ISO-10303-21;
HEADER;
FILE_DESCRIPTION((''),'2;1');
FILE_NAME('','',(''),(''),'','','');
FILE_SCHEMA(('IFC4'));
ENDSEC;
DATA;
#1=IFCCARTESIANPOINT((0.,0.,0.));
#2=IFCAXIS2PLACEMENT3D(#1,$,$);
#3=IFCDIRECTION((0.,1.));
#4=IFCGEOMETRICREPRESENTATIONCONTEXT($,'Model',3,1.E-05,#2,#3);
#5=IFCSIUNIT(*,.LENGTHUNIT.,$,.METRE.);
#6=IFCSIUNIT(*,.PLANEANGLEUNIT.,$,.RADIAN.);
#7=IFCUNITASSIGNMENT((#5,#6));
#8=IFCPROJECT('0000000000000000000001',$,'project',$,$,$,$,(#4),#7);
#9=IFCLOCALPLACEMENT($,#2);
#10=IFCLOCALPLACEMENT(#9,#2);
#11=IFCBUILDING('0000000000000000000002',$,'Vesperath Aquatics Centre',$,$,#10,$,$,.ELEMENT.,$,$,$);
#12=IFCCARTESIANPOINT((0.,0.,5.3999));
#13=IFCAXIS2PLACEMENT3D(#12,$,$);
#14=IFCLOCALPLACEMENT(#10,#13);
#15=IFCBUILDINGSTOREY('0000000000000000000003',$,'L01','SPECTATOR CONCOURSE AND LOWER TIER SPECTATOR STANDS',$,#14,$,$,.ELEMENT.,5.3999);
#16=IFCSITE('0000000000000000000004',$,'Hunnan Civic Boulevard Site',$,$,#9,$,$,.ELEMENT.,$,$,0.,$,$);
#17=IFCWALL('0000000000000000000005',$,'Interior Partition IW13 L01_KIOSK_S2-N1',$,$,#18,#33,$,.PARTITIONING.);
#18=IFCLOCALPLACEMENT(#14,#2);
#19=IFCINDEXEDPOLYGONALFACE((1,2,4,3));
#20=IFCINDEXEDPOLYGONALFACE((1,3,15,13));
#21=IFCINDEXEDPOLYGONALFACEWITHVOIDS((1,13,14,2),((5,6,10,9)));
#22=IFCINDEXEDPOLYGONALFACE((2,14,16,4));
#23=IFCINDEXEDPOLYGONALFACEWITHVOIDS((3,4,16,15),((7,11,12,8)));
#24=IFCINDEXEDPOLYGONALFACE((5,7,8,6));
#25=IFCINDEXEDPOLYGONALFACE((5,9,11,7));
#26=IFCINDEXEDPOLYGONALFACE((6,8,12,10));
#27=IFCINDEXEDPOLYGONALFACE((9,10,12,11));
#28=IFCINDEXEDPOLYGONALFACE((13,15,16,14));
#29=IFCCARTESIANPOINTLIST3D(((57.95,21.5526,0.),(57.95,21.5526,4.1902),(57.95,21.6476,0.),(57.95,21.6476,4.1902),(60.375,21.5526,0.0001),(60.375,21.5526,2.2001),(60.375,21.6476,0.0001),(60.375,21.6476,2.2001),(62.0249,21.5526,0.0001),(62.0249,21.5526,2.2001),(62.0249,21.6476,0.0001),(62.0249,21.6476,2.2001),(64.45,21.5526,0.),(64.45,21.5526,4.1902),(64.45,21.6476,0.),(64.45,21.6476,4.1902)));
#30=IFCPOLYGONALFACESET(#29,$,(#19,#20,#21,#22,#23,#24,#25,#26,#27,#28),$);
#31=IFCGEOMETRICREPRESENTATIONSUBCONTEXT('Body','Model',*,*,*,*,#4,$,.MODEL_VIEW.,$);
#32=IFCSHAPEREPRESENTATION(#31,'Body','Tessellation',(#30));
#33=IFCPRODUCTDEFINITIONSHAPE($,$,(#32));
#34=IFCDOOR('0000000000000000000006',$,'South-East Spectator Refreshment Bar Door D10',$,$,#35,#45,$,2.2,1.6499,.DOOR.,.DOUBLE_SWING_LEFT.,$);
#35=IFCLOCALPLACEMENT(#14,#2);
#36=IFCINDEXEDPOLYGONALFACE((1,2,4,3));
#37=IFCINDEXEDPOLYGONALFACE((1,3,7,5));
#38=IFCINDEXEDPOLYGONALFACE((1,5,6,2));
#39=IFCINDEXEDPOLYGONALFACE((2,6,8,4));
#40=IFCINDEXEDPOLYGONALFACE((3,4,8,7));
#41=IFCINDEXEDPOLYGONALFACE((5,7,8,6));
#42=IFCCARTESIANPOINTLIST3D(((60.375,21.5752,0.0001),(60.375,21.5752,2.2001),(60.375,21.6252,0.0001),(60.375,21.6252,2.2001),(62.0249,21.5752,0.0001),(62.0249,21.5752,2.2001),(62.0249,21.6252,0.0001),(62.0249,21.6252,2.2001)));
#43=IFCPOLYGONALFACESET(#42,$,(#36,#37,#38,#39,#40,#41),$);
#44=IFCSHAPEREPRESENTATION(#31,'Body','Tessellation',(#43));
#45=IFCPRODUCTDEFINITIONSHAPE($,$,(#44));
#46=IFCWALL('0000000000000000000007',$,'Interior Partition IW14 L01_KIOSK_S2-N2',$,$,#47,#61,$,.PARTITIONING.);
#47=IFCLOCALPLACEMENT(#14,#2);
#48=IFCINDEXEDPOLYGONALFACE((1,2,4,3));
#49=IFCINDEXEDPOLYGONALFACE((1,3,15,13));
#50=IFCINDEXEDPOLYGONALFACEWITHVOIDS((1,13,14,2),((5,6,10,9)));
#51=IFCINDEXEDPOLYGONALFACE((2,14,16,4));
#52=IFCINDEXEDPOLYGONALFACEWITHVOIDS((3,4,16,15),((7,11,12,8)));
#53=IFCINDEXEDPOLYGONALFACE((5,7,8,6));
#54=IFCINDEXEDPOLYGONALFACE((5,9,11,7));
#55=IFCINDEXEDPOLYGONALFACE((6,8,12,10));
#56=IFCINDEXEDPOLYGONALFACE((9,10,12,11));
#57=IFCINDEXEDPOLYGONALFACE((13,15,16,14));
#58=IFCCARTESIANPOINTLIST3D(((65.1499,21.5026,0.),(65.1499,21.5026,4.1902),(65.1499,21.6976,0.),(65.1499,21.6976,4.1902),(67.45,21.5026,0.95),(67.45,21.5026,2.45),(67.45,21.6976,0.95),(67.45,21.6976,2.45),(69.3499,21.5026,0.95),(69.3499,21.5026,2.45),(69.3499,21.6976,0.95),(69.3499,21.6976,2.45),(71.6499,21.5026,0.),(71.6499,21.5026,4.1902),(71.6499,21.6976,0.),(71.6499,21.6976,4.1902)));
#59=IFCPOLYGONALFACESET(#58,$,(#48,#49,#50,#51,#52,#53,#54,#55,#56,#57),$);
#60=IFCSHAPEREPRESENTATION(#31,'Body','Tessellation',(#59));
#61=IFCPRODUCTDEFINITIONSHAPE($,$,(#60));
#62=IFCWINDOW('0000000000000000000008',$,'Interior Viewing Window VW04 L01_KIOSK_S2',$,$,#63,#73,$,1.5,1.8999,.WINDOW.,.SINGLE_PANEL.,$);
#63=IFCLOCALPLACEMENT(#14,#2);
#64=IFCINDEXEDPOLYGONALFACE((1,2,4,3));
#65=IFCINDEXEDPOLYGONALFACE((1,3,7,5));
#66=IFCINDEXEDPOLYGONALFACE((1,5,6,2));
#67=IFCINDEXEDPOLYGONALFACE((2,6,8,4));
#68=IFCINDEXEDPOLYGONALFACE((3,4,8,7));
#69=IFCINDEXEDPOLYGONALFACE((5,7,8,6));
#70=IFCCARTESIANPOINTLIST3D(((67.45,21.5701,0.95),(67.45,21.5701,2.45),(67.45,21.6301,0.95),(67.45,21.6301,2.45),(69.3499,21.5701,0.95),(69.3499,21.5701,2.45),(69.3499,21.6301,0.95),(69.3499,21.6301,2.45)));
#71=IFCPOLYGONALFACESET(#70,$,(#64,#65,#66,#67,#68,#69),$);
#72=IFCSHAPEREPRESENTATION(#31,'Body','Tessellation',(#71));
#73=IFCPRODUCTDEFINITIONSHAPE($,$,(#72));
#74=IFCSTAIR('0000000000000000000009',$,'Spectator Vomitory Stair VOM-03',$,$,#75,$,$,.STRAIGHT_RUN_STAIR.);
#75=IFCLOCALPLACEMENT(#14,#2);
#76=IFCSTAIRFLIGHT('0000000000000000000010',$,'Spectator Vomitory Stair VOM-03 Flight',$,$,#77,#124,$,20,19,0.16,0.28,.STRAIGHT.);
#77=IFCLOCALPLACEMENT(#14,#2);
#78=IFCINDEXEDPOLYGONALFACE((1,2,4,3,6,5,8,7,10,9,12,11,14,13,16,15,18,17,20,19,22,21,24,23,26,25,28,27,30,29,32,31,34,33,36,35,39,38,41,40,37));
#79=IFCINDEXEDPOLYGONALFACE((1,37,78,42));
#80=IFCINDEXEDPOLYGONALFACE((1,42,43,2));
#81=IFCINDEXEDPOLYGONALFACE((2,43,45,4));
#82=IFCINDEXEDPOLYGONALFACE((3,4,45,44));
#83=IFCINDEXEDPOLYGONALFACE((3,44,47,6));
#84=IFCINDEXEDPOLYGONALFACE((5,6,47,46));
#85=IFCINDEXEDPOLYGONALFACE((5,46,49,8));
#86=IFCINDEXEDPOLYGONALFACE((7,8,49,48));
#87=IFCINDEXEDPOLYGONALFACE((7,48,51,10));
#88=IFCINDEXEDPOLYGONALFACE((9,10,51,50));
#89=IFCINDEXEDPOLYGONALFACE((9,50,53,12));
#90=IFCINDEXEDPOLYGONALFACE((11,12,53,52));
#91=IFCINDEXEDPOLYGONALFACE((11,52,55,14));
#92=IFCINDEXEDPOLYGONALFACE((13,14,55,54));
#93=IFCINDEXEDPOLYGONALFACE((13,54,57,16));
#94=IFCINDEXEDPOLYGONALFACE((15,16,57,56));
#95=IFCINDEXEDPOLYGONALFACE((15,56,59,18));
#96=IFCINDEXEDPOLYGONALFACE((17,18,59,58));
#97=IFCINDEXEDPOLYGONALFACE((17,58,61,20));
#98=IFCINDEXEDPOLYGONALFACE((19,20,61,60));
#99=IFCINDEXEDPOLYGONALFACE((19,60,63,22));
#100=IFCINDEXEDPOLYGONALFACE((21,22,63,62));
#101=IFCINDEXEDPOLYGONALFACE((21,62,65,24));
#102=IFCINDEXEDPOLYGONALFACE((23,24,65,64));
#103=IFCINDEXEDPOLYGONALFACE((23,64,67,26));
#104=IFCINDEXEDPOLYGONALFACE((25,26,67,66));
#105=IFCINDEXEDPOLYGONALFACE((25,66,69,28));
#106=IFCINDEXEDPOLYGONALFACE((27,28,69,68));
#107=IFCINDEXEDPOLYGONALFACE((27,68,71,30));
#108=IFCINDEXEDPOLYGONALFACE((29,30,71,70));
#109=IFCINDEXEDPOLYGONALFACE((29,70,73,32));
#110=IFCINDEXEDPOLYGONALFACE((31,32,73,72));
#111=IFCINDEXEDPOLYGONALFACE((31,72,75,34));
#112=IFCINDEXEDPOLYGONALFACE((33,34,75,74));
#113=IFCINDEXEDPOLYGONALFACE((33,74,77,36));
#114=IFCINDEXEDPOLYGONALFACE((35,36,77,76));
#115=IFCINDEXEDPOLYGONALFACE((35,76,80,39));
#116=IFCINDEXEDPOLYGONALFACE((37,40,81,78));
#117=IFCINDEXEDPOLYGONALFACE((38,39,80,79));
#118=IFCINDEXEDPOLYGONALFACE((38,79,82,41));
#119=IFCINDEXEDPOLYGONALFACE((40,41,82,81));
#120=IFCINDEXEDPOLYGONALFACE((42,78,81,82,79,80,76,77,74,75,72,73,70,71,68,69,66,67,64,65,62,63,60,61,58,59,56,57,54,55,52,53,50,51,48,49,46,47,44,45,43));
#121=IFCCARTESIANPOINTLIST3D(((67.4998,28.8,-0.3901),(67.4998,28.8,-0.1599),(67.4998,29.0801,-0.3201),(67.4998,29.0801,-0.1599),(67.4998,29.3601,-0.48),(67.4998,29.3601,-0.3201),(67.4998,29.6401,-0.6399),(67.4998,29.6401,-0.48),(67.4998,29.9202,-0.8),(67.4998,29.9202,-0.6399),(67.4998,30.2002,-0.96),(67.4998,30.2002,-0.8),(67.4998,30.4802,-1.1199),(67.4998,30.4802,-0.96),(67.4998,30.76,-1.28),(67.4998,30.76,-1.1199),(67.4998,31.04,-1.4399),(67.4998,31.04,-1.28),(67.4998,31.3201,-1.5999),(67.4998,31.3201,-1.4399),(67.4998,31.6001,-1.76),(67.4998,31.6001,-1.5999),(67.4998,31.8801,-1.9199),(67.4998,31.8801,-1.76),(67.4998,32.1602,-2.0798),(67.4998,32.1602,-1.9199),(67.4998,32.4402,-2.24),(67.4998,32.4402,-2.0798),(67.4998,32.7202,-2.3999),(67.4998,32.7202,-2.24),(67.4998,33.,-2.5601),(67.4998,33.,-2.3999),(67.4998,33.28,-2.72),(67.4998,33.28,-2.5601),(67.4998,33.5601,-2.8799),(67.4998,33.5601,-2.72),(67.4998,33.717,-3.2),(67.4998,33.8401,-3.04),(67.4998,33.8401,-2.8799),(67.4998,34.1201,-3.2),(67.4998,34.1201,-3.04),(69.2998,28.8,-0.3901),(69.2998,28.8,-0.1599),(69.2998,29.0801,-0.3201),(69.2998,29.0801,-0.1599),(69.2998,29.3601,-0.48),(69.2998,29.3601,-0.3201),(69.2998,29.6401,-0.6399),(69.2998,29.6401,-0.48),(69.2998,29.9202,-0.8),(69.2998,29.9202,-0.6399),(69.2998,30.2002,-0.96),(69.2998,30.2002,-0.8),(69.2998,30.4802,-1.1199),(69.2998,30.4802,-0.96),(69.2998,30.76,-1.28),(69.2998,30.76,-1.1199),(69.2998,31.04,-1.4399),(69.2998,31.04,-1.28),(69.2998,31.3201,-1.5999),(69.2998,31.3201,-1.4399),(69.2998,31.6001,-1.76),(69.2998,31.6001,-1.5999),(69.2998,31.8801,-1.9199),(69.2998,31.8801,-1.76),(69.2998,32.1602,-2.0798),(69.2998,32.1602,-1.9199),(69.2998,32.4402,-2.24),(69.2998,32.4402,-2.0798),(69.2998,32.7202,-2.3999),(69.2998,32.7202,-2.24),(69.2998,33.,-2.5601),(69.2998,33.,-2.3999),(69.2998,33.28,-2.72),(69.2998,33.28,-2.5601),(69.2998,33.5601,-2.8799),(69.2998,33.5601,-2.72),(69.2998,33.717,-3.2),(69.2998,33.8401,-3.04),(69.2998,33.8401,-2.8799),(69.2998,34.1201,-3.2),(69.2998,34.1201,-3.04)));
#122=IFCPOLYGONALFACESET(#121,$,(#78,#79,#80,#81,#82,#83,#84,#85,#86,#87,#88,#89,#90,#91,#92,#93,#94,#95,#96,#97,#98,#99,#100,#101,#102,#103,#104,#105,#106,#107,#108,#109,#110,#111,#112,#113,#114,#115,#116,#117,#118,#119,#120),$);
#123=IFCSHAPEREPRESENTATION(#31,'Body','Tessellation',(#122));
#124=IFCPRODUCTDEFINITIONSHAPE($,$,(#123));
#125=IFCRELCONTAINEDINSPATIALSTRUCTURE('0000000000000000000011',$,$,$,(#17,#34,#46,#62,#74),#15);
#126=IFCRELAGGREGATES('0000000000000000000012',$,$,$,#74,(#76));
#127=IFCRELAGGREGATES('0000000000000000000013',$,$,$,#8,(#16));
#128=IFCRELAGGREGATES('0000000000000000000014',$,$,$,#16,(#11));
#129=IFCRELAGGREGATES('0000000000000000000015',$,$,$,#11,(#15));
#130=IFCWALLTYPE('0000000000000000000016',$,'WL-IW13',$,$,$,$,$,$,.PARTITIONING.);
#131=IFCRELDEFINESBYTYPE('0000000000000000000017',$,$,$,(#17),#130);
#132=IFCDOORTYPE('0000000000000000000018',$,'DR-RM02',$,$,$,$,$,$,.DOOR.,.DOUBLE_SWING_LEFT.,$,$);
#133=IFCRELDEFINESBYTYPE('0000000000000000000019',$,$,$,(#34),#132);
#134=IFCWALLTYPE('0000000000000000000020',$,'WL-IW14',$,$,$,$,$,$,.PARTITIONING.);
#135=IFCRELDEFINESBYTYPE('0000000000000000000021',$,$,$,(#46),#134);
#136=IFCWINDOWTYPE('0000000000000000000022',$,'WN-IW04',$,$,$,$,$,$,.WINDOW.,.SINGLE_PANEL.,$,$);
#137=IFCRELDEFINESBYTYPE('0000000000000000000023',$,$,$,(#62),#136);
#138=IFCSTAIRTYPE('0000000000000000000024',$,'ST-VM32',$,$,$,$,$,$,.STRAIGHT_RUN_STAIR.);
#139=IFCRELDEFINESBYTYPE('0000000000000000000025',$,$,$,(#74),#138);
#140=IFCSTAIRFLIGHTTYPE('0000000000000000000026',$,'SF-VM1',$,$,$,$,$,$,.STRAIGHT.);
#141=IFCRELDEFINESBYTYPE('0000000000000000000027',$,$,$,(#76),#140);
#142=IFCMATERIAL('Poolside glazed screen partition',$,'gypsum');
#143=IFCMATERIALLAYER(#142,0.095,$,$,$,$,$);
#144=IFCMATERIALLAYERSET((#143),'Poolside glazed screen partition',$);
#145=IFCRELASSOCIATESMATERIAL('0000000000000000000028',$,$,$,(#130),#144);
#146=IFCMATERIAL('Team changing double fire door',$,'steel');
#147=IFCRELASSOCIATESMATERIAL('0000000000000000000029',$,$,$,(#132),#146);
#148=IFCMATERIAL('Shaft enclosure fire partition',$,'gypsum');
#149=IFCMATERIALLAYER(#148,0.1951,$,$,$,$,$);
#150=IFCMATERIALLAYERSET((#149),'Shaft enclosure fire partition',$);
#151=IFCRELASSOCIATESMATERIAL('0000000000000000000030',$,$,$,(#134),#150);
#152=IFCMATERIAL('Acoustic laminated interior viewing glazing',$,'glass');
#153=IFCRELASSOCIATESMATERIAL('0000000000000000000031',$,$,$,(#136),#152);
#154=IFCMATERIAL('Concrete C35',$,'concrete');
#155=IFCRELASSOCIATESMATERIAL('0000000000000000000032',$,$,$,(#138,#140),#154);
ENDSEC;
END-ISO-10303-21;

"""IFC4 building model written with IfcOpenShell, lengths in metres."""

from ifc_helpers import new_model, si_unit, direction, frame, frame_2d, origin, place, context, subcontext, project, spatial, polyline, rectangle, outline, extrude, material, layer, layer_set, type_object, element, fill, aggregate, save


model = new_model("IFC4")

# Units and contexts
model_context = context("Model", 3, precision=1e-05, world=origin(), true_north=direction((0.0, 1.0)))
body_context = subcontext(model_context, "Body", "Model", "MODEL_VIEW")
ifc_project = project(units=[si_unit("LENGTHUNIT", "METRE"), si_unit("PLANEANGLEUNIT", "RADIAN")], contexts=[model_context])

# Site, building, storey
site_placement = place(None, origin())
site = spatial("IfcSite", under=ifc_project, at=site_placement, Name="Hunnan Civic Boulevard Site", CompositionType="ELEMENT", RefElevation=0.0)
building_placement = place(site_placement, origin())
building = spatial("IfcBuilding", under=site, at=building_placement, Name="Vesperath Aquatics Centre", CompositionType="ELEMENT")
storey_placement = place(building_placement, frame((0.0, 0.0, 5.3999)))
storey = spatial("IfcBuildingStorey", under=building, at=storey_placement, Name="L01", Description="SPECTATOR CONCOURSE AND LOWER TIER SPECTATOR STANDS", CompositionType="ELEMENT", Elevation=5.3999)

# Shared definitions
ifc_material_1 = material(Name="Concrete C35", Category="concrete")

# Wall, opening, door
ifc_material_2 = material(Name="Poolside glazed screen partition", Category="gypsum")
ifc_layer_1 = layer(ifc_material_2, 0.095)
ifc_layer_set_1 = layer_set([ifc_layer_1], Name="Poolside glazed screen partition")
wall_type_1 = type_object("IfcWallType", Name="WL-IW13", PredefinedType="PARTITIONING", material=ifc_layer_set_1)
wall_1_placement = place(storey_placement, frame((57.95, 21.6001, 0.0), z_axis=(0.0, 0.0, 1.0), x_axis=(1.0, 0.0, 0.0)))
wall_1 = element("IfcWall", 1, at=wall_1_placement, inside=storey, type_object=wall_type_1, Name="Interior Partition IW13 L01_KIOSK_S2-N1", PredefinedType="PARTITIONING", context=body_context, shape_type="SweptSolid", body=[
    extrude(rectangle(XDim=6.5, YDim=0.095, at=frame_2d((3.25, 0.0))), origin(), (0.0, 0.0, 1.0), 4.1902),
])
opening_1_placement = place(wall_1_placement, frame((2.425, 0.0, 0.0)))
opening_1 = element("IfcOpeningElement", 2, at=opening_1_placement, cuts=wall_1, PredefinedType="OPENING", context=body_context, shape_type="SweptSolid", body=[
    extrude(rectangle(XDim=1.6499, YDim=2.2, at=frame_2d((0.825, 1.1001))), frame((0.0, 0.0625, 0.0), z_axis=(0.0, -1.0, 0.0), x_axis=(1.0, 0.0, 0.0)), (0.0, 0.0, 1.0), 0.1248),
])
ifc_material_3 = material(Name="Team changing double fire door", Category="steel")
door_type = type_object("IfcDoorType", Name="DR-RM02", OperationType="DOUBLE_SWING_LEFT", PredefinedType="DOOR", material=ifc_material_3)
door_placement = place(opening_1_placement, frame((1.6499, 0.0, 0.0), z_axis=(0.0, 0.0, 1.0), x_axis=(-1.0, 0.0, 0.0)))
door = element("IfcDoor", 3, at=door_placement, inside=storey, type_object=door_type, Name="South-East Spectator Refreshment Bar Door D10", OperationType="DOUBLE_SWING_LEFT", OverallHeight=2.2, OverallWidth=1.6499, PredefinedType="DOOR", context=body_context, shape_type="SweptSolid", body=[
    extrude(rectangle(XDim=1.6499, YDim=2.2, at=frame_2d((0.825, 1.1001))), frame((0.0, 0.0249, 0.0), z_axis=(0.0, -1.0, 0.0), x_axis=(1.0, 0.0, 0.0)), (0.0, 0.0, 1.0), 0.05),
])
fill(opening_1, door)

# Wall, opening, window
ifc_material_4 = material(Name="Shaft enclosure fire partition", Category="gypsum")
ifc_layer_2 = layer(ifc_material_4, 0.1951)
ifc_layer_set_2 = layer_set([ifc_layer_2], Name="Shaft enclosure fire partition")
wall_type_2 = type_object("IfcWallType", Name="WL-IW14", PredefinedType="PARTITIONING", material=ifc_layer_set_2)
wall_2_placement = place(storey_placement, frame((65.1499, 21.6001, 0.0), z_axis=(0.0, 0.0, 1.0), x_axis=(1.0, 0.0, 0.0)))
wall_2 = element("IfcWall", 4, at=wall_2_placement, inside=storey, type_object=wall_type_2, Name="Interior Partition IW14 L01_KIOSK_S2-N2", PredefinedType="PARTITIONING", context=body_context, shape_type="SweptSolid", body=[
    extrude(rectangle(XDim=6.5, YDim=0.1951, at=frame_2d((3.25, 0.0))), origin(), (0.0, 0.0, 1.0), 4.1902),
])
opening_2_placement = place(wall_2_placement, frame((2.3, 0.0, 0.95)))
opening_2 = element("IfcOpeningElement", 5, at=opening_2_placement, cuts=wall_2, PredefinedType="OPENING", context=body_context, shape_type="SweptSolid", body=[
    extrude(rectangle(XDim=1.8999, YDim=1.5, at=frame_2d((0.95, 0.75))), frame((0.0, 0.1123, 0.0), z_axis=(0.0, -1.0, 0.0), x_axis=(1.0, 0.0, 0.0)), (0.0, 0.0, 1.0), 0.2249),
])
ifc_material_5 = material(Name="Acoustic laminated interior viewing glazing", Category="glass")
window_type = type_object("IfcWindowType", Name="WN-IW04", PartitioningType="SINGLE_PANEL", PredefinedType="WINDOW", material=ifc_material_5)
window_placement = place(opening_2_placement, origin())
window = element("IfcWindow", 6, at=window_placement, inside=storey, type_object=window_type, Name="Interior Viewing Window VW04 L01_KIOSK_S2", OverallHeight=1.5, OverallWidth=1.8999, PartitioningType="SINGLE_PANEL", PredefinedType="WINDOW", context=body_context, shape_type="SweptSolid", body=[
    extrude(rectangle(XDim=1.8999, YDim=1.5, at=frame_2d((0.95, 0.75))), frame((0.0, 0.03, 0.0), z_axis=(0.0, -1.0, 0.0), x_axis=(1.0, 0.0, 0.0)), (0.0, 0.0, 1.0), 0.0601),
])
fill(opening_2, window)

# Stair, stair flight
stair_type = type_object("IfcStairType", Name="ST-VM32", PredefinedType="STRAIGHT_RUN_STAIR", material=ifc_material_1)
stair_placement = place(storey_placement, origin())
stair = element("IfcStair", 7, at=stair_placement, inside=storey, type_object=stair_type, Name="Spectator Vomitory Stair VOM-03", PredefinedType="STRAIGHT_RUN_STAIR")
stair_flight_type = type_object("IfcStairFlightType", Name="SF-VM1", PredefinedType="STRAIGHT", material=ifc_material_1)
stair_flight_placement = place(storey_placement, frame((68.3999, 34.1201, -3.2), z_axis=(0.0, 0.0, 1.0), x_axis=(0.0, -1.0, 0.0)))
stair_flight = element("IfcStairFlight", 8, at=stair_flight_placement, type_object=stair_flight_type, Name="Spectator Vomitory Stair VOM-03 Flight", NumberOfRisers=20, NumberOfTreads=19, PredefinedType="STRAIGHT", RiserHeight=0.16, TreadLength=0.28, context=body_context, shape_type="SweptSolid", body=[
    extrude(outline(polyline([(0.0, 0.0), (0.0, 0.1599), (0.28, 0.1599), (0.28, 0.3201), (0.5601, 0.3201), (0.5601, 0.48), (0.8401, 0.48), (0.8401, 0.6399), (1.1201, 0.6399), (1.1201, 0.8), (1.3999, 0.8), (1.3999, 0.96), (1.6799, 0.96), (1.6799, 1.1201), (1.96, 1.1201), (1.96, 1.28), (2.24, 1.28), (2.24, 1.4399), (2.52, 1.4399), (2.52, 1.6001), (2.8, 1.6001), (2.8, 1.76), (3.0801, 1.76), (3.0801, 1.9199), (3.3601, 1.9199), (3.3601, 2.0801), (3.6399, 2.0801), (3.6399, 2.24), (3.9199, 2.24), (3.9199, 2.3999), (4.2, 2.3999), (4.2, 2.5601), (4.48, 2.5601), (4.48, 2.72), (4.76, 2.72), (4.76, 2.8799), (5.04, 2.8799), (5.04, 3.04), (5.3201, 3.04), (5.3201, 3.2), (5.3201, 2.8098), (0.4031, 0.0), (0.0, 0.0)])), frame((0.0, 0.8999, 0.0), z_axis=(0.0, -1.0, 0.0), x_axis=(1.0, 0.0, 0.0)), (0.0, 0.0, 1.0), 1.8),
])
aggregate(stair, [stair_flight])

save(model, "model.ifc")
